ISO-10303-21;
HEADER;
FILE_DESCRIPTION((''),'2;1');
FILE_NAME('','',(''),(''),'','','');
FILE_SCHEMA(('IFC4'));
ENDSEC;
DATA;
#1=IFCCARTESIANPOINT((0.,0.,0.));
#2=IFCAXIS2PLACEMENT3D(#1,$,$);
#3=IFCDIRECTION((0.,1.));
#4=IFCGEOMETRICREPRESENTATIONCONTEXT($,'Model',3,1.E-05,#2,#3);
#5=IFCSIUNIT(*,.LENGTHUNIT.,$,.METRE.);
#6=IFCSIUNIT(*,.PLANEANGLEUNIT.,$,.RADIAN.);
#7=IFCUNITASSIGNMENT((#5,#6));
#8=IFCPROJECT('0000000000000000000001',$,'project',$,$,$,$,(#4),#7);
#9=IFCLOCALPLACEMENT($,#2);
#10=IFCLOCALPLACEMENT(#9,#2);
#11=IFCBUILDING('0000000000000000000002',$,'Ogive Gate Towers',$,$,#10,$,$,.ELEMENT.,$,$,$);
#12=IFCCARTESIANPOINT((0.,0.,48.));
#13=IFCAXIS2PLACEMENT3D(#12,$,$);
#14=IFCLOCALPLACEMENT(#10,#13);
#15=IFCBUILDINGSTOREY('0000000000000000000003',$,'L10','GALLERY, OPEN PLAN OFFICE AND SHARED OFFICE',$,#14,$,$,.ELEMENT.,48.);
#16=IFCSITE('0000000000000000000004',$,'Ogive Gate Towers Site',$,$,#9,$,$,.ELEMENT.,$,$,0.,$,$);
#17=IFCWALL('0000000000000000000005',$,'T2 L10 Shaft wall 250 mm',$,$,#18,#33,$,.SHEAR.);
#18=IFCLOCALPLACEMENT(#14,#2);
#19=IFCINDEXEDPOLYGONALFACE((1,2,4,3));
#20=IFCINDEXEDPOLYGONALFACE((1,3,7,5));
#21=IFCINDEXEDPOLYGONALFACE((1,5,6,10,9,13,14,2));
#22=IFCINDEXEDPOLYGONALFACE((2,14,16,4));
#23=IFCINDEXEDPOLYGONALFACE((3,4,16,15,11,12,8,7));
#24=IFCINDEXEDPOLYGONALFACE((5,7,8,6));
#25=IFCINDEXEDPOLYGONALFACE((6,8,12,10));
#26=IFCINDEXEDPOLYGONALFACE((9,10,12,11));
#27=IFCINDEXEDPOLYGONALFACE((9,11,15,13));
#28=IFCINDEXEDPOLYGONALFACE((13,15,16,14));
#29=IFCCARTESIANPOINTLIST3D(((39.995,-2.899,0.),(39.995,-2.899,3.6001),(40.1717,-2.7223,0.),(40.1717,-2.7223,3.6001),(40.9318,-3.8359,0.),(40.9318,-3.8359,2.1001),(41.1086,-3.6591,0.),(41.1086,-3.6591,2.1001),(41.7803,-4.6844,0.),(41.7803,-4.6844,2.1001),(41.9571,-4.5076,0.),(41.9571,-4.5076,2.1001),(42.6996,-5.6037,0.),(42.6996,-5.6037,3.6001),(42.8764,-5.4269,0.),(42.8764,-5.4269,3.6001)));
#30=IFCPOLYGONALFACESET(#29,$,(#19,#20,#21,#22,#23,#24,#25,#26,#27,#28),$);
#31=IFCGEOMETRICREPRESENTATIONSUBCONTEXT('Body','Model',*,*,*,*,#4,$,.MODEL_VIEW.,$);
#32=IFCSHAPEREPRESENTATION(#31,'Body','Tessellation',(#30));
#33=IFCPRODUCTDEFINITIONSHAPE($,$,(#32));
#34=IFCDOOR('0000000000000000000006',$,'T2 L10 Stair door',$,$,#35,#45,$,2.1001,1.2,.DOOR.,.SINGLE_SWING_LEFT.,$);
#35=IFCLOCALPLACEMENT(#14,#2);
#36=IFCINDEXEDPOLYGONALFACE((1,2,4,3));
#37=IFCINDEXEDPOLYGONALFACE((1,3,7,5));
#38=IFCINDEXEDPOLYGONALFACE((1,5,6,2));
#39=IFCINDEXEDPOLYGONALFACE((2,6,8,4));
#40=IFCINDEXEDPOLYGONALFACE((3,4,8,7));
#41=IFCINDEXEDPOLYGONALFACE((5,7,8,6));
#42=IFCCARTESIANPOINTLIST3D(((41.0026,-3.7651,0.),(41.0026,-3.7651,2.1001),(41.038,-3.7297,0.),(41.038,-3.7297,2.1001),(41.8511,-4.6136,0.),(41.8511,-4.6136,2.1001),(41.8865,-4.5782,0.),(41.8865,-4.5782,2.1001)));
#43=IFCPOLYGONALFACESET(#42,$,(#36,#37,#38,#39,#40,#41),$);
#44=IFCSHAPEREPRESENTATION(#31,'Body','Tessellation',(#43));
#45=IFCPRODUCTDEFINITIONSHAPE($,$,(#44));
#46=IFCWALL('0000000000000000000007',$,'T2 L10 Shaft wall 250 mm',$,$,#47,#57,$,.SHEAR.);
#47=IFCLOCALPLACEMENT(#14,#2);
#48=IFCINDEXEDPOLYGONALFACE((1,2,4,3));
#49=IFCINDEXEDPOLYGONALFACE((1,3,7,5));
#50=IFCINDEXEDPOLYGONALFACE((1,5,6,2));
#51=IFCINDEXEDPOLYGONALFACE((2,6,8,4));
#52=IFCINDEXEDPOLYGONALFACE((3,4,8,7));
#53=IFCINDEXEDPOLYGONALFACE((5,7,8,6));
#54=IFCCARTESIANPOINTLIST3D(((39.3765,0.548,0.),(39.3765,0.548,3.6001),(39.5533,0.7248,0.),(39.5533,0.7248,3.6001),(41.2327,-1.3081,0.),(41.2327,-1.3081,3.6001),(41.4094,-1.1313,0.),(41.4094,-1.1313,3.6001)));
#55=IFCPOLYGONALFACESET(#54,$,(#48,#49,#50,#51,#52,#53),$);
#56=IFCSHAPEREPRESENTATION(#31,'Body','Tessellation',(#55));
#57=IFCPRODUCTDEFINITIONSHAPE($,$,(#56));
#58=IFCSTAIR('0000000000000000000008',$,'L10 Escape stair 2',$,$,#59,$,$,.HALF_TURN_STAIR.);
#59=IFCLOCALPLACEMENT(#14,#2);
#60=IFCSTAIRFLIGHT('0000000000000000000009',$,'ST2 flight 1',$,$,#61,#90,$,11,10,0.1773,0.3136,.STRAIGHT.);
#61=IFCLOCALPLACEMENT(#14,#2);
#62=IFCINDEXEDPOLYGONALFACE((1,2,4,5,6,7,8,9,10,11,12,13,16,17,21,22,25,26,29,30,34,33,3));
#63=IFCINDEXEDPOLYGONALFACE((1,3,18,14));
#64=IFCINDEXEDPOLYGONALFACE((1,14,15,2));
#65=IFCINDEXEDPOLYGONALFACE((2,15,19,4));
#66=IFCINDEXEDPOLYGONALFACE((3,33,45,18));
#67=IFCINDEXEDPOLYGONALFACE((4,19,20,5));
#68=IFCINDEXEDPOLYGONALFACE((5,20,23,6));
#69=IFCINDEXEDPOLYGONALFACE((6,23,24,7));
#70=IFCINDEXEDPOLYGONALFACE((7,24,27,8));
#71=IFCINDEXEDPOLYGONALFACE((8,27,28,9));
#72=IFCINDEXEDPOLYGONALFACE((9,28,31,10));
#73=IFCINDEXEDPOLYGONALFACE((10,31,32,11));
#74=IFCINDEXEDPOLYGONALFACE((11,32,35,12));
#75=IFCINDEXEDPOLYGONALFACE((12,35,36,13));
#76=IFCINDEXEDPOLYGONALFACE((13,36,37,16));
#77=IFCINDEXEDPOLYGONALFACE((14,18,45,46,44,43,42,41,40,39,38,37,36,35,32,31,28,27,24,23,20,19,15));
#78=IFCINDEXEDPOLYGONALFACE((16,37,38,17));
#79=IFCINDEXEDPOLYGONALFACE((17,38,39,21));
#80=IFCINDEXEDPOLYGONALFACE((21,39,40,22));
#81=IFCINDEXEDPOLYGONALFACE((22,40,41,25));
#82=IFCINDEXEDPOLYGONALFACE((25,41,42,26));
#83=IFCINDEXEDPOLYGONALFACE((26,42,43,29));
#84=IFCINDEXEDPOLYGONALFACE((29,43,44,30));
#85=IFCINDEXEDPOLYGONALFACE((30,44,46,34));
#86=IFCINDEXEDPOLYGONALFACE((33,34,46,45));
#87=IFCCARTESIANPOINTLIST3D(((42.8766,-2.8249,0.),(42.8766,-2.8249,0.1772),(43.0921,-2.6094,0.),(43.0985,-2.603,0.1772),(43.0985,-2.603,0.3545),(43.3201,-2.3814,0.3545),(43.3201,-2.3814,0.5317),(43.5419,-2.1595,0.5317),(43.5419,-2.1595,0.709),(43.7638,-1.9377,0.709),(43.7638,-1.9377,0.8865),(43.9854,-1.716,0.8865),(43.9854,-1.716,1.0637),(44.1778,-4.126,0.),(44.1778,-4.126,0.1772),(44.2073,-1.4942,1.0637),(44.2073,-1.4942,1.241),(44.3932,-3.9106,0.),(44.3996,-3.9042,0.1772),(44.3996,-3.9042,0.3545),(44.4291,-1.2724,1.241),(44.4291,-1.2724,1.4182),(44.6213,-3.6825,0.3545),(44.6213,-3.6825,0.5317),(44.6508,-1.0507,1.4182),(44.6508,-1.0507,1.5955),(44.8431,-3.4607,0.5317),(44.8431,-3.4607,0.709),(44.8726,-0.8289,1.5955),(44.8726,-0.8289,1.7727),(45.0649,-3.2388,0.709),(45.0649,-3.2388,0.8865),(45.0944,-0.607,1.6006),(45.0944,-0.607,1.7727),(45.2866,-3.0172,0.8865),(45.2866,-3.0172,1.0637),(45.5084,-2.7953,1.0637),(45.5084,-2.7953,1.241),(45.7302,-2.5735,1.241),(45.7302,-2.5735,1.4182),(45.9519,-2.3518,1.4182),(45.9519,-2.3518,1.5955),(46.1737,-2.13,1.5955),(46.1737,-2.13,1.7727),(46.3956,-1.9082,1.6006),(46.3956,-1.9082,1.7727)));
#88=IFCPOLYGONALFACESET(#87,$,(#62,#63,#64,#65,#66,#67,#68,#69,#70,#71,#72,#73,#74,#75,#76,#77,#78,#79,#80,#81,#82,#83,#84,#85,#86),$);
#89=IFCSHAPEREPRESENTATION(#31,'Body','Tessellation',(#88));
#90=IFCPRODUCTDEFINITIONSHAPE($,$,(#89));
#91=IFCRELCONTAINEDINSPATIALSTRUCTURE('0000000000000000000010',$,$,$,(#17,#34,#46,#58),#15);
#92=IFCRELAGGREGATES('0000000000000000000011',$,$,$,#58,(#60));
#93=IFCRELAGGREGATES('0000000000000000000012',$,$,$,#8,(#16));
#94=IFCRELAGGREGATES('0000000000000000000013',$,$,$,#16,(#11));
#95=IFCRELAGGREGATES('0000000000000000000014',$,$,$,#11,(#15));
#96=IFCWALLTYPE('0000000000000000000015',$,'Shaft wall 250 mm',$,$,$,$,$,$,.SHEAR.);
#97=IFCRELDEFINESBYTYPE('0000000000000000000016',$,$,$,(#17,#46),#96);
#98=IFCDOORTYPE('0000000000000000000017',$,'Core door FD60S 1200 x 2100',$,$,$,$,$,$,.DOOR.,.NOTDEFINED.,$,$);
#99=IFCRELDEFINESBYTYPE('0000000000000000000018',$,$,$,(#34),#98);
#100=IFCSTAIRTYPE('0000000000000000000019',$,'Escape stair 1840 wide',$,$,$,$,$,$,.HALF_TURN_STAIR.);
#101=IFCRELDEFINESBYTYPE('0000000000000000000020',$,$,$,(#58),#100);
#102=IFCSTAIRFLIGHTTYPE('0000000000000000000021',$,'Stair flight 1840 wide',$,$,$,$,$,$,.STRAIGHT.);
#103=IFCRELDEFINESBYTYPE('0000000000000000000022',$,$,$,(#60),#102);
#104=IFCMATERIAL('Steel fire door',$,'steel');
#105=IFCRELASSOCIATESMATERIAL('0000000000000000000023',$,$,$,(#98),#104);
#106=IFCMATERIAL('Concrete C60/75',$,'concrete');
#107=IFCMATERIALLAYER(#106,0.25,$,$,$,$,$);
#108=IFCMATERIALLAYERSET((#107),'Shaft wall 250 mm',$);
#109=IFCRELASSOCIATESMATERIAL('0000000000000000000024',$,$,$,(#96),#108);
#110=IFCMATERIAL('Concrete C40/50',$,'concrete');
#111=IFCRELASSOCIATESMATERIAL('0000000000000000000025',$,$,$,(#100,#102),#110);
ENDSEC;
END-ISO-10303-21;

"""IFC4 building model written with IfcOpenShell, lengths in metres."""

from ifc_helpers import new_model, si_unit, direction, frame, frame_2d, origin, place, context, subcontext, project, spatial, polyline, rectangle, outline, extrude, material, layer, layer_set, type_object, element, fill, aggregate, save


model = new_model("IFC4")

# Units and contexts
model_context = context("Model", 3, precision=1e-05, world=origin(), true_north=direction((0.0, 1.0)))
body_context = subcontext(model_context, "Body", "Model", "MODEL_VIEW")
ifc_project = project(units=[si_unit("LENGTHUNIT", "METRE"), si_unit("PLANEANGLEUNIT", "RADIAN")], contexts=[model_context])

# Site, building, storey
site_placement = place(None, origin())
site = spatial("IfcSite", under=ifc_project, at=site_placement, Name="Ogive Gate Towers Site", CompositionType="ELEMENT", RefElevation=0.0)
building_placement = place(site_placement, origin())
building = spatial("IfcBuilding", under=site, at=building_placement, Name="Ogive Gate Towers", CompositionType="ELEMENT")
storey_placement = place(building_placement, frame((0.0, 0.0, 48.0)))
storey = spatial("IfcBuildingStorey", under=building, at=storey_placement, Name="L10", Description="GALLERY, OPEN PLAN OFFICE AND SHARED OFFICE", CompositionType="ELEMENT", Elevation=48.0)

# Shared definitions
ifc_material_1 = material(Name="Concrete C40/50", Category="concrete")

# Shared definitions
ifc_material_2 = material(Name="Concrete C60/75", Category="concrete")
ifc_material_3 = material(Name="Steel fire door", Category="steel")
door_type_1 = type_object("IfcDoorType", Name="Core door FD60S 1200 x 2100", OperationType="NOTDEFINED", PredefinedType="DOOR", material=ifc_material_3)

# Shared definitions
ifc_layer_1 = layer(ifc_material_2, 0.25)
ifc_layer_set_1 = layer_set([ifc_layer_1], Name="Shaft wall 250 mm")
wall_type_1 = type_object("IfcWallType", Name="Shaft wall 250 mm", PredefinedType="SHEAR", material=ifc_layer_set_1)

# Wall, opening, door
wall_1_placement = place(storey_placement, frame((42.7881, -5.5154, 0.0), z_axis=(0.0, 0.0, 1.0), x_axis=(-0.707107, 0.707107, 0.0)))
wall_1 = element("IfcWall", 1, at=wall_1_placement, inside=storey, type_object=wall_type_1, Name="T2 L10 Shaft wall 250 mm", PredefinedType="SHEAR", context=body_context, shape_type="SweptSolid", body=[
    extrude(rectangle(XDim=3.825, YDim=0.25, at=frame_2d((1.9126, 0.0))), origin(), (0.0, 0.0, 1.0), 3.6001),
])
opening_1_placement = place(wall_1_placement, frame((1.3, 0.0, 0.0)))
opening_1 = element("IfcOpeningElement", 2, at=opening_1_placement, cuts=wall_1, PredefinedType="OPENING", context=body_context, shape_type="SweptSolid", body=[
    extrude(rectangle(XDim=1.2, YDim=2.1001, at=frame_2d((0.6001, 1.05))), frame((0.0, 0.135, 0.0), z_axis=(0.0, -1.0, 0.0), x_axis=(1.0, 0.0, 0.0)), (0.0, 0.0, 1.0), 0.27),
])
door_1_placement = place(opening_1_placement, origin())
door_1 = element("IfcDoor", 3, at=door_1_placement, inside=storey, type_object=door_type_1, Name="T2 L10 Stair door", OperationType="SINGLE_SWING_LEFT", OverallHeight=2.1001, OverallWidth=1.2, PredefinedType="DOOR", context=body_context, shape_type="SweptSolid", body=[
    extrude(rectangle(XDim=1.2, YDim=2.1001, at=frame_2d((0.6001, 1.05))), frame((0.0, 0.0249, 0.0), z_axis=(0.0, -1.0, 0.0), x_axis=(1.0, 0.0, 0.0)), (0.0, 0.0, 1.0), 0.05),
])
fill(opening_1, door_1)

# Wall
wall_2_placement = place(storey_placement, frame((41.321, -1.2197, 0.0), z_axis=(0.0, 0.0, 1.0), x_axis=(-0.707107, 0.707107, 0.0)))
element("IfcWall", 4, at=wall_2_placement, inside=storey, type_object=wall_type_1, Name="T2 L10 Shaft wall 250 mm", PredefinedType="SHEAR", context=body_context, shape_type="SweptSolid", body=[
    extrude(rectangle(XDim=2.625, YDim=0.25, at=frame_2d((1.3125, 0.0))), origin(), (0.0, 0.0, 1.0), 3.6001),
])

# Stair, stair flight
stair_type = type_object("IfcStairType", Name="Escape stair 1840 wide", PredefinedType="HALF_TURN_STAIR", material=ifc_material_1)
stair_placement = place(storey_placement, origin())
stair = element("IfcStair", 5, at=stair_placement, inside=storey, type_object=stair_type, Name="L10 Escape stair 2", PredefinedType="HALF_TURN_STAIR")
stair_flight_type = type_object("IfcStairFlightType", Name="Stair flight 1840 wide", PredefinedType="STRAIGHT", material=ifc_material_1)
stair_flight_placement = place(storey_placement, frame((43.5271, -3.4753, 0.0), z_axis=(0.0, 0.0, 1.0), x_axis=(0.707107, 0.707107, 0.0)))
stair_flight = element("IfcStairFlight", 6, at=stair_flight_placement, type_object=stair_flight_type, Name="ST2 flight 1", NumberOfRisers=11, NumberOfTreads=10, PredefinedType="STRAIGHT", RiserHeight=0.1773, TreadLength=0.3136, context=body_context, shape_type="SweptSolid", body=[
    extrude(outline(polyline([(0.0, 0.0), (0.0, 0.1772), (0.3137, 0.1772), (0.3137, 0.3545), (0.6272, 0.3545), (0.6272, 0.5317), (0.9409, 0.5317), (0.9409, 0.709), (1.2546, 0.709), (1.2546, 0.8865), (1.5681, 0.8865), (1.5681, 1.0637), (1.8818, 1.0637), (1.8818, 1.241), (2.1956, 1.241), (2.1956, 1.4182), (2.509, 1.4182), (2.509, 1.5955), (2.8228, 1.5955), (2.8228, 1.7727), (3.1365, 1.7727), (3.1365, 1.95), (3.1365, 1.6006), (0.3047, 0.0), (0.0, 0.0)])), frame((0.0, 0.9199, 0.0), z_axis=(0.0, -1.0, 0.0), x_axis=(1.0, 0.0, 0.0)), (0.0, 0.0, 1.0), 1.8401),
])
aggregate(stair, [stair_flight])

save(model, "model.ifc")
